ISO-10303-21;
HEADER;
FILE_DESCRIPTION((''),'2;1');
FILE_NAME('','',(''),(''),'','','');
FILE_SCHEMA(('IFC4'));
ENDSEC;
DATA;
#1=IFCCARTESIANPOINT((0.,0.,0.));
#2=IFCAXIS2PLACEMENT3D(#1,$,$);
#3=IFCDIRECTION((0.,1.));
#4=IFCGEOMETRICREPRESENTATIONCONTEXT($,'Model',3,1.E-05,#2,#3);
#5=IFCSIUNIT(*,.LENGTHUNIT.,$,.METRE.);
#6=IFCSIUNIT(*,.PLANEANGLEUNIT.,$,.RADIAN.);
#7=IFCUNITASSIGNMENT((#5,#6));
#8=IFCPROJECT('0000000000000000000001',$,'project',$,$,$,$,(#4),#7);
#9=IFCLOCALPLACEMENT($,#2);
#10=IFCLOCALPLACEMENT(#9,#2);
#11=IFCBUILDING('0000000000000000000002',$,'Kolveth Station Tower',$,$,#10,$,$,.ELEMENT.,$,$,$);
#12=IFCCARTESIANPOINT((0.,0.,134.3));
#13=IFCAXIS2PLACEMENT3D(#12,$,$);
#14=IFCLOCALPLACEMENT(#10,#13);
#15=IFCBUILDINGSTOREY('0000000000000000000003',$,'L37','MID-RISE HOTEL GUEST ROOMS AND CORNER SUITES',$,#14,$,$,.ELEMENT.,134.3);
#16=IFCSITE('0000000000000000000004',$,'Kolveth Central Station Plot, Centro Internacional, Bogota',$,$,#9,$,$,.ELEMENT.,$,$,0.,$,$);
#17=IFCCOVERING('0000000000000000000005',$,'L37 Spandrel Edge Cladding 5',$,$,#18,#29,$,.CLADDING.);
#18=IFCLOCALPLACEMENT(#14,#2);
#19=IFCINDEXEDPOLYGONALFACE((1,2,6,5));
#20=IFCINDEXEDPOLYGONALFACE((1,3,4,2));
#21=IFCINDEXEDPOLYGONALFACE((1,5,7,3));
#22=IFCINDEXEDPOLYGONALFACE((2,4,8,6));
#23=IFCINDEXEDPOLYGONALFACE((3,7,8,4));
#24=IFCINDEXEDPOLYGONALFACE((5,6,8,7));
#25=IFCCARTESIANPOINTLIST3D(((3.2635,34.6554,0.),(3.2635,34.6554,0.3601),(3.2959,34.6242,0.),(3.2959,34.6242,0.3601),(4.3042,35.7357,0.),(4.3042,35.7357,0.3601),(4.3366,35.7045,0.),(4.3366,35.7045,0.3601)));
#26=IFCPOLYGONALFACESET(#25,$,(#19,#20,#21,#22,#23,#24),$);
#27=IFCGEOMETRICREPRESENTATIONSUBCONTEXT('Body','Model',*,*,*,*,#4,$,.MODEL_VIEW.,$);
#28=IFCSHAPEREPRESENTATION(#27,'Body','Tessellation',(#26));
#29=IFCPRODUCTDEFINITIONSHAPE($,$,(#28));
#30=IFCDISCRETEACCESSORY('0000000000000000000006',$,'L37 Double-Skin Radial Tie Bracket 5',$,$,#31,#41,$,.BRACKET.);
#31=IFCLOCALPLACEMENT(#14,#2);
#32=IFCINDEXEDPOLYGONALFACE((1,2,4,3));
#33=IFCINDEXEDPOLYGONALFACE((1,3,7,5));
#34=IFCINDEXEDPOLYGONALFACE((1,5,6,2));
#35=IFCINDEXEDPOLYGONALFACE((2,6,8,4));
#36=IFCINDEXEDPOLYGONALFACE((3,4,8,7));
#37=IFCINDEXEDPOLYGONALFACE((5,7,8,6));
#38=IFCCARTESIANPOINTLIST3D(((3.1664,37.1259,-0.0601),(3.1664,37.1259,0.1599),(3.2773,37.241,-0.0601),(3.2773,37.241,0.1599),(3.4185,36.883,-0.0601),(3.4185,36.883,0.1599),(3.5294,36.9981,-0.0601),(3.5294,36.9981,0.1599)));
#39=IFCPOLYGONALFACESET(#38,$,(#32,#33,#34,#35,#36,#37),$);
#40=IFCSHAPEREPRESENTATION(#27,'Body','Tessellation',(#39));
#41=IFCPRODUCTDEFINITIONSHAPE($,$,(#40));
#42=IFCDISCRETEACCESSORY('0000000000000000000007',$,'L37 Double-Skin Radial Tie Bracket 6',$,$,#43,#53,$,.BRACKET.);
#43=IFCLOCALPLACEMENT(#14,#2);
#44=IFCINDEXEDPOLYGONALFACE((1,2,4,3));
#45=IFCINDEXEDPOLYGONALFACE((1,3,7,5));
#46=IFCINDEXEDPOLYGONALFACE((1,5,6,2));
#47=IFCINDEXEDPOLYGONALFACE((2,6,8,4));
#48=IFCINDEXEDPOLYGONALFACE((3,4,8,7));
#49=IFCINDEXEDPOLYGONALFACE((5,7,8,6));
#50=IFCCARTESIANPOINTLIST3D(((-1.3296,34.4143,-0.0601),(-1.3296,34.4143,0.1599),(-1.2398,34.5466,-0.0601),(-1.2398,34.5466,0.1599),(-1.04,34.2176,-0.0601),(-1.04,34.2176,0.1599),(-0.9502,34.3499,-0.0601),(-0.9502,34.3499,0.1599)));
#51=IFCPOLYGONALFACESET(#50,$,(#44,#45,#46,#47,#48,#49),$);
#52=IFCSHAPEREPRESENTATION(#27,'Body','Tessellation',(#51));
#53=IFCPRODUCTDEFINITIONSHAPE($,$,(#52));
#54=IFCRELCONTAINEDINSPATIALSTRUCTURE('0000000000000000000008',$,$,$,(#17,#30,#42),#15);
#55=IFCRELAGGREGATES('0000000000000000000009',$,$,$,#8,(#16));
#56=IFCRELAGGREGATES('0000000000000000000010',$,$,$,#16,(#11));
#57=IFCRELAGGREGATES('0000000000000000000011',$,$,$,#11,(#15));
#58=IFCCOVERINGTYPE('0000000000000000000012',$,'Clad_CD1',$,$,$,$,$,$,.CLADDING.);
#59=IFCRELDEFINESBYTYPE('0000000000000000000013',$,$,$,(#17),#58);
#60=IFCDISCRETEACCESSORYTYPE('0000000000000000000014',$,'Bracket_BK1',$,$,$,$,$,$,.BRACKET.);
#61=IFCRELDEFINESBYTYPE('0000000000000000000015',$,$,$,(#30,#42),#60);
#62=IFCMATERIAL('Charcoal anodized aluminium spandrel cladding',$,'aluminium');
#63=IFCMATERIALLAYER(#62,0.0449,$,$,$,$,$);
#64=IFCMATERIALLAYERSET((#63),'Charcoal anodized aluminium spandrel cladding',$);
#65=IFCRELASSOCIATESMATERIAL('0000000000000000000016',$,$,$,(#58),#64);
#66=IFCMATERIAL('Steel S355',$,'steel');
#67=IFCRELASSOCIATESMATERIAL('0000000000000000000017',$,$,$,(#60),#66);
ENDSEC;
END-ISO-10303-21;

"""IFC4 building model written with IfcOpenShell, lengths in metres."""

from ifc_helpers import new_model, si_unit, direction, frame, origin, origin_2d, place, context, subcontext, project, spatial, rectangle, extrude, source, transform, mapped, material, layer, layer_set, type_object, element, save


model = new_model("IFC4")

# Units and contexts
model_context = context("Model", 3, precision=1e-05, world=origin(), true_north=direction((0.0, 1.0)))
body_context = subcontext(model_context, "Body", "Model", "MODEL_VIEW")
ifc_project = project(units=[si_unit("LENGTHUNIT", "METRE"), si_unit("PLANEANGLEUNIT", "RADIAN")], contexts=[model_context])

# Site, building, storey
site_placement = place(None, origin())
site = spatial("IfcSite", under=ifc_project, at=site_placement, Name="Kolveth Central Station Plot, Centro Internacional, Bogota", CompositionType="ELEMENT", RefElevation=0.0)
building_placement = place(site_placement, origin())
building = spatial("IfcBuilding", under=site, at=building_placement, Name="Kolveth Station Tower", CompositionType="ELEMENT")
storey_placement = place(building_placement, frame((0.0, 0.0, 134.3)))
storey = spatial("IfcBuildingStorey", under=building, at=storey_placement, Name="L37", Description="MID-RISE HOTEL GUEST ROOMS AND CORNER SUITES", CompositionType="ELEMENT", Elevation=134.3)

# Covering
ifc_material_1 = material(Name="Charcoal anodized aluminium spandrel cladding", Category="aluminium")
ifc_layer_1 = layer(ifc_material_1, 0.0449)
ifc_layer_set_1 = layer_set([ifc_layer_1], Name="Charcoal anodized aluminium spandrel cladding")
covering_type = type_object("IfcCoveringType", Name="Clad_CD1", PredefinedType="CLADDING", material=ifc_layer_set_1)
shared_shape_1 = source(origin(), body_context, "Body", "SweptSolid", [
    extrude(rectangle(XDim=1.5, YDim=0.0449, at=origin_2d()), origin(), (0.0, 0.0, 1.0), 0.3601),
])
covering_placement = place(storey_placement, frame((3.8, 35.1799, 0.0), z_axis=(0.0, 0.0, 1.0), x_axis=(-0.693779, -0.720188, 0.0)))
element("IfcCovering", 1, at=covering_placement, inside=storey, type_object=covering_type, Name="L37 Spandrel Edge Cladding 5", PredefinedType="CLADDING", context=body_context, shape_type="MappedRepresentation", body=[
    mapped(shared_shape_1, transform((0.0, 0.0, 0.0), x_axis=(1.0, 0.0, 0.0), y_axis=(0.0, 1.0, 0.0), z_axis=(0.0, 0.0, 1.0), scale=1.0)),
])

# Discrete accessories
ifc_material_2 = material(Name="Steel S355", Category="steel")
discrete_accessory_type = type_object("IfcDiscreteAccessoryType", Name="Bracket_BK1", PredefinedType="BRACKET", material=ifc_material_2)
shared_shape_2 = source(origin(), body_context, "Body", "SweptSolid", [
    extrude(rectangle(XDim=0.3501, YDim=0.1599, at=origin_2d()), origin(), (0.0, 0.0, 1.0), 0.22),
])
for number, where, z_axis, x_axis, name in (
    (2, (3.3479, 37.062, -0.0601), (0.0, 0.0, 1.0), (-0.720188, 0.693779, 0.0), "L37 Double-Skin Radial Tie Bracket 5"),
    (3, (-1.1399, 34.3821, -0.0601), (0.0, 0.0, 1.0), (-0.827277, 0.561795, 0.0), "L37 Double-Skin Radial Tie Bracket 6"),
):
    element("IfcDiscreteAccessory", number, at=place(storey_placement, frame(where, z_axis=z_axis, x_axis=x_axis)), inside=storey, type_object=discrete_accessory_type, Name=name, PredefinedType="BRACKET", context=body_context, shape_type="MappedRepresentation", body=[
        mapped(shared_shape_2, transform((0.0, 0.0, 0.0), x_axis=(1.0, 0.0, 0.0), y_axis=(0.0, 1.0, 0.0), z_axis=(0.0, 0.0, 1.0), scale=1.0)),
    ])

save(model, "model.ifc")
